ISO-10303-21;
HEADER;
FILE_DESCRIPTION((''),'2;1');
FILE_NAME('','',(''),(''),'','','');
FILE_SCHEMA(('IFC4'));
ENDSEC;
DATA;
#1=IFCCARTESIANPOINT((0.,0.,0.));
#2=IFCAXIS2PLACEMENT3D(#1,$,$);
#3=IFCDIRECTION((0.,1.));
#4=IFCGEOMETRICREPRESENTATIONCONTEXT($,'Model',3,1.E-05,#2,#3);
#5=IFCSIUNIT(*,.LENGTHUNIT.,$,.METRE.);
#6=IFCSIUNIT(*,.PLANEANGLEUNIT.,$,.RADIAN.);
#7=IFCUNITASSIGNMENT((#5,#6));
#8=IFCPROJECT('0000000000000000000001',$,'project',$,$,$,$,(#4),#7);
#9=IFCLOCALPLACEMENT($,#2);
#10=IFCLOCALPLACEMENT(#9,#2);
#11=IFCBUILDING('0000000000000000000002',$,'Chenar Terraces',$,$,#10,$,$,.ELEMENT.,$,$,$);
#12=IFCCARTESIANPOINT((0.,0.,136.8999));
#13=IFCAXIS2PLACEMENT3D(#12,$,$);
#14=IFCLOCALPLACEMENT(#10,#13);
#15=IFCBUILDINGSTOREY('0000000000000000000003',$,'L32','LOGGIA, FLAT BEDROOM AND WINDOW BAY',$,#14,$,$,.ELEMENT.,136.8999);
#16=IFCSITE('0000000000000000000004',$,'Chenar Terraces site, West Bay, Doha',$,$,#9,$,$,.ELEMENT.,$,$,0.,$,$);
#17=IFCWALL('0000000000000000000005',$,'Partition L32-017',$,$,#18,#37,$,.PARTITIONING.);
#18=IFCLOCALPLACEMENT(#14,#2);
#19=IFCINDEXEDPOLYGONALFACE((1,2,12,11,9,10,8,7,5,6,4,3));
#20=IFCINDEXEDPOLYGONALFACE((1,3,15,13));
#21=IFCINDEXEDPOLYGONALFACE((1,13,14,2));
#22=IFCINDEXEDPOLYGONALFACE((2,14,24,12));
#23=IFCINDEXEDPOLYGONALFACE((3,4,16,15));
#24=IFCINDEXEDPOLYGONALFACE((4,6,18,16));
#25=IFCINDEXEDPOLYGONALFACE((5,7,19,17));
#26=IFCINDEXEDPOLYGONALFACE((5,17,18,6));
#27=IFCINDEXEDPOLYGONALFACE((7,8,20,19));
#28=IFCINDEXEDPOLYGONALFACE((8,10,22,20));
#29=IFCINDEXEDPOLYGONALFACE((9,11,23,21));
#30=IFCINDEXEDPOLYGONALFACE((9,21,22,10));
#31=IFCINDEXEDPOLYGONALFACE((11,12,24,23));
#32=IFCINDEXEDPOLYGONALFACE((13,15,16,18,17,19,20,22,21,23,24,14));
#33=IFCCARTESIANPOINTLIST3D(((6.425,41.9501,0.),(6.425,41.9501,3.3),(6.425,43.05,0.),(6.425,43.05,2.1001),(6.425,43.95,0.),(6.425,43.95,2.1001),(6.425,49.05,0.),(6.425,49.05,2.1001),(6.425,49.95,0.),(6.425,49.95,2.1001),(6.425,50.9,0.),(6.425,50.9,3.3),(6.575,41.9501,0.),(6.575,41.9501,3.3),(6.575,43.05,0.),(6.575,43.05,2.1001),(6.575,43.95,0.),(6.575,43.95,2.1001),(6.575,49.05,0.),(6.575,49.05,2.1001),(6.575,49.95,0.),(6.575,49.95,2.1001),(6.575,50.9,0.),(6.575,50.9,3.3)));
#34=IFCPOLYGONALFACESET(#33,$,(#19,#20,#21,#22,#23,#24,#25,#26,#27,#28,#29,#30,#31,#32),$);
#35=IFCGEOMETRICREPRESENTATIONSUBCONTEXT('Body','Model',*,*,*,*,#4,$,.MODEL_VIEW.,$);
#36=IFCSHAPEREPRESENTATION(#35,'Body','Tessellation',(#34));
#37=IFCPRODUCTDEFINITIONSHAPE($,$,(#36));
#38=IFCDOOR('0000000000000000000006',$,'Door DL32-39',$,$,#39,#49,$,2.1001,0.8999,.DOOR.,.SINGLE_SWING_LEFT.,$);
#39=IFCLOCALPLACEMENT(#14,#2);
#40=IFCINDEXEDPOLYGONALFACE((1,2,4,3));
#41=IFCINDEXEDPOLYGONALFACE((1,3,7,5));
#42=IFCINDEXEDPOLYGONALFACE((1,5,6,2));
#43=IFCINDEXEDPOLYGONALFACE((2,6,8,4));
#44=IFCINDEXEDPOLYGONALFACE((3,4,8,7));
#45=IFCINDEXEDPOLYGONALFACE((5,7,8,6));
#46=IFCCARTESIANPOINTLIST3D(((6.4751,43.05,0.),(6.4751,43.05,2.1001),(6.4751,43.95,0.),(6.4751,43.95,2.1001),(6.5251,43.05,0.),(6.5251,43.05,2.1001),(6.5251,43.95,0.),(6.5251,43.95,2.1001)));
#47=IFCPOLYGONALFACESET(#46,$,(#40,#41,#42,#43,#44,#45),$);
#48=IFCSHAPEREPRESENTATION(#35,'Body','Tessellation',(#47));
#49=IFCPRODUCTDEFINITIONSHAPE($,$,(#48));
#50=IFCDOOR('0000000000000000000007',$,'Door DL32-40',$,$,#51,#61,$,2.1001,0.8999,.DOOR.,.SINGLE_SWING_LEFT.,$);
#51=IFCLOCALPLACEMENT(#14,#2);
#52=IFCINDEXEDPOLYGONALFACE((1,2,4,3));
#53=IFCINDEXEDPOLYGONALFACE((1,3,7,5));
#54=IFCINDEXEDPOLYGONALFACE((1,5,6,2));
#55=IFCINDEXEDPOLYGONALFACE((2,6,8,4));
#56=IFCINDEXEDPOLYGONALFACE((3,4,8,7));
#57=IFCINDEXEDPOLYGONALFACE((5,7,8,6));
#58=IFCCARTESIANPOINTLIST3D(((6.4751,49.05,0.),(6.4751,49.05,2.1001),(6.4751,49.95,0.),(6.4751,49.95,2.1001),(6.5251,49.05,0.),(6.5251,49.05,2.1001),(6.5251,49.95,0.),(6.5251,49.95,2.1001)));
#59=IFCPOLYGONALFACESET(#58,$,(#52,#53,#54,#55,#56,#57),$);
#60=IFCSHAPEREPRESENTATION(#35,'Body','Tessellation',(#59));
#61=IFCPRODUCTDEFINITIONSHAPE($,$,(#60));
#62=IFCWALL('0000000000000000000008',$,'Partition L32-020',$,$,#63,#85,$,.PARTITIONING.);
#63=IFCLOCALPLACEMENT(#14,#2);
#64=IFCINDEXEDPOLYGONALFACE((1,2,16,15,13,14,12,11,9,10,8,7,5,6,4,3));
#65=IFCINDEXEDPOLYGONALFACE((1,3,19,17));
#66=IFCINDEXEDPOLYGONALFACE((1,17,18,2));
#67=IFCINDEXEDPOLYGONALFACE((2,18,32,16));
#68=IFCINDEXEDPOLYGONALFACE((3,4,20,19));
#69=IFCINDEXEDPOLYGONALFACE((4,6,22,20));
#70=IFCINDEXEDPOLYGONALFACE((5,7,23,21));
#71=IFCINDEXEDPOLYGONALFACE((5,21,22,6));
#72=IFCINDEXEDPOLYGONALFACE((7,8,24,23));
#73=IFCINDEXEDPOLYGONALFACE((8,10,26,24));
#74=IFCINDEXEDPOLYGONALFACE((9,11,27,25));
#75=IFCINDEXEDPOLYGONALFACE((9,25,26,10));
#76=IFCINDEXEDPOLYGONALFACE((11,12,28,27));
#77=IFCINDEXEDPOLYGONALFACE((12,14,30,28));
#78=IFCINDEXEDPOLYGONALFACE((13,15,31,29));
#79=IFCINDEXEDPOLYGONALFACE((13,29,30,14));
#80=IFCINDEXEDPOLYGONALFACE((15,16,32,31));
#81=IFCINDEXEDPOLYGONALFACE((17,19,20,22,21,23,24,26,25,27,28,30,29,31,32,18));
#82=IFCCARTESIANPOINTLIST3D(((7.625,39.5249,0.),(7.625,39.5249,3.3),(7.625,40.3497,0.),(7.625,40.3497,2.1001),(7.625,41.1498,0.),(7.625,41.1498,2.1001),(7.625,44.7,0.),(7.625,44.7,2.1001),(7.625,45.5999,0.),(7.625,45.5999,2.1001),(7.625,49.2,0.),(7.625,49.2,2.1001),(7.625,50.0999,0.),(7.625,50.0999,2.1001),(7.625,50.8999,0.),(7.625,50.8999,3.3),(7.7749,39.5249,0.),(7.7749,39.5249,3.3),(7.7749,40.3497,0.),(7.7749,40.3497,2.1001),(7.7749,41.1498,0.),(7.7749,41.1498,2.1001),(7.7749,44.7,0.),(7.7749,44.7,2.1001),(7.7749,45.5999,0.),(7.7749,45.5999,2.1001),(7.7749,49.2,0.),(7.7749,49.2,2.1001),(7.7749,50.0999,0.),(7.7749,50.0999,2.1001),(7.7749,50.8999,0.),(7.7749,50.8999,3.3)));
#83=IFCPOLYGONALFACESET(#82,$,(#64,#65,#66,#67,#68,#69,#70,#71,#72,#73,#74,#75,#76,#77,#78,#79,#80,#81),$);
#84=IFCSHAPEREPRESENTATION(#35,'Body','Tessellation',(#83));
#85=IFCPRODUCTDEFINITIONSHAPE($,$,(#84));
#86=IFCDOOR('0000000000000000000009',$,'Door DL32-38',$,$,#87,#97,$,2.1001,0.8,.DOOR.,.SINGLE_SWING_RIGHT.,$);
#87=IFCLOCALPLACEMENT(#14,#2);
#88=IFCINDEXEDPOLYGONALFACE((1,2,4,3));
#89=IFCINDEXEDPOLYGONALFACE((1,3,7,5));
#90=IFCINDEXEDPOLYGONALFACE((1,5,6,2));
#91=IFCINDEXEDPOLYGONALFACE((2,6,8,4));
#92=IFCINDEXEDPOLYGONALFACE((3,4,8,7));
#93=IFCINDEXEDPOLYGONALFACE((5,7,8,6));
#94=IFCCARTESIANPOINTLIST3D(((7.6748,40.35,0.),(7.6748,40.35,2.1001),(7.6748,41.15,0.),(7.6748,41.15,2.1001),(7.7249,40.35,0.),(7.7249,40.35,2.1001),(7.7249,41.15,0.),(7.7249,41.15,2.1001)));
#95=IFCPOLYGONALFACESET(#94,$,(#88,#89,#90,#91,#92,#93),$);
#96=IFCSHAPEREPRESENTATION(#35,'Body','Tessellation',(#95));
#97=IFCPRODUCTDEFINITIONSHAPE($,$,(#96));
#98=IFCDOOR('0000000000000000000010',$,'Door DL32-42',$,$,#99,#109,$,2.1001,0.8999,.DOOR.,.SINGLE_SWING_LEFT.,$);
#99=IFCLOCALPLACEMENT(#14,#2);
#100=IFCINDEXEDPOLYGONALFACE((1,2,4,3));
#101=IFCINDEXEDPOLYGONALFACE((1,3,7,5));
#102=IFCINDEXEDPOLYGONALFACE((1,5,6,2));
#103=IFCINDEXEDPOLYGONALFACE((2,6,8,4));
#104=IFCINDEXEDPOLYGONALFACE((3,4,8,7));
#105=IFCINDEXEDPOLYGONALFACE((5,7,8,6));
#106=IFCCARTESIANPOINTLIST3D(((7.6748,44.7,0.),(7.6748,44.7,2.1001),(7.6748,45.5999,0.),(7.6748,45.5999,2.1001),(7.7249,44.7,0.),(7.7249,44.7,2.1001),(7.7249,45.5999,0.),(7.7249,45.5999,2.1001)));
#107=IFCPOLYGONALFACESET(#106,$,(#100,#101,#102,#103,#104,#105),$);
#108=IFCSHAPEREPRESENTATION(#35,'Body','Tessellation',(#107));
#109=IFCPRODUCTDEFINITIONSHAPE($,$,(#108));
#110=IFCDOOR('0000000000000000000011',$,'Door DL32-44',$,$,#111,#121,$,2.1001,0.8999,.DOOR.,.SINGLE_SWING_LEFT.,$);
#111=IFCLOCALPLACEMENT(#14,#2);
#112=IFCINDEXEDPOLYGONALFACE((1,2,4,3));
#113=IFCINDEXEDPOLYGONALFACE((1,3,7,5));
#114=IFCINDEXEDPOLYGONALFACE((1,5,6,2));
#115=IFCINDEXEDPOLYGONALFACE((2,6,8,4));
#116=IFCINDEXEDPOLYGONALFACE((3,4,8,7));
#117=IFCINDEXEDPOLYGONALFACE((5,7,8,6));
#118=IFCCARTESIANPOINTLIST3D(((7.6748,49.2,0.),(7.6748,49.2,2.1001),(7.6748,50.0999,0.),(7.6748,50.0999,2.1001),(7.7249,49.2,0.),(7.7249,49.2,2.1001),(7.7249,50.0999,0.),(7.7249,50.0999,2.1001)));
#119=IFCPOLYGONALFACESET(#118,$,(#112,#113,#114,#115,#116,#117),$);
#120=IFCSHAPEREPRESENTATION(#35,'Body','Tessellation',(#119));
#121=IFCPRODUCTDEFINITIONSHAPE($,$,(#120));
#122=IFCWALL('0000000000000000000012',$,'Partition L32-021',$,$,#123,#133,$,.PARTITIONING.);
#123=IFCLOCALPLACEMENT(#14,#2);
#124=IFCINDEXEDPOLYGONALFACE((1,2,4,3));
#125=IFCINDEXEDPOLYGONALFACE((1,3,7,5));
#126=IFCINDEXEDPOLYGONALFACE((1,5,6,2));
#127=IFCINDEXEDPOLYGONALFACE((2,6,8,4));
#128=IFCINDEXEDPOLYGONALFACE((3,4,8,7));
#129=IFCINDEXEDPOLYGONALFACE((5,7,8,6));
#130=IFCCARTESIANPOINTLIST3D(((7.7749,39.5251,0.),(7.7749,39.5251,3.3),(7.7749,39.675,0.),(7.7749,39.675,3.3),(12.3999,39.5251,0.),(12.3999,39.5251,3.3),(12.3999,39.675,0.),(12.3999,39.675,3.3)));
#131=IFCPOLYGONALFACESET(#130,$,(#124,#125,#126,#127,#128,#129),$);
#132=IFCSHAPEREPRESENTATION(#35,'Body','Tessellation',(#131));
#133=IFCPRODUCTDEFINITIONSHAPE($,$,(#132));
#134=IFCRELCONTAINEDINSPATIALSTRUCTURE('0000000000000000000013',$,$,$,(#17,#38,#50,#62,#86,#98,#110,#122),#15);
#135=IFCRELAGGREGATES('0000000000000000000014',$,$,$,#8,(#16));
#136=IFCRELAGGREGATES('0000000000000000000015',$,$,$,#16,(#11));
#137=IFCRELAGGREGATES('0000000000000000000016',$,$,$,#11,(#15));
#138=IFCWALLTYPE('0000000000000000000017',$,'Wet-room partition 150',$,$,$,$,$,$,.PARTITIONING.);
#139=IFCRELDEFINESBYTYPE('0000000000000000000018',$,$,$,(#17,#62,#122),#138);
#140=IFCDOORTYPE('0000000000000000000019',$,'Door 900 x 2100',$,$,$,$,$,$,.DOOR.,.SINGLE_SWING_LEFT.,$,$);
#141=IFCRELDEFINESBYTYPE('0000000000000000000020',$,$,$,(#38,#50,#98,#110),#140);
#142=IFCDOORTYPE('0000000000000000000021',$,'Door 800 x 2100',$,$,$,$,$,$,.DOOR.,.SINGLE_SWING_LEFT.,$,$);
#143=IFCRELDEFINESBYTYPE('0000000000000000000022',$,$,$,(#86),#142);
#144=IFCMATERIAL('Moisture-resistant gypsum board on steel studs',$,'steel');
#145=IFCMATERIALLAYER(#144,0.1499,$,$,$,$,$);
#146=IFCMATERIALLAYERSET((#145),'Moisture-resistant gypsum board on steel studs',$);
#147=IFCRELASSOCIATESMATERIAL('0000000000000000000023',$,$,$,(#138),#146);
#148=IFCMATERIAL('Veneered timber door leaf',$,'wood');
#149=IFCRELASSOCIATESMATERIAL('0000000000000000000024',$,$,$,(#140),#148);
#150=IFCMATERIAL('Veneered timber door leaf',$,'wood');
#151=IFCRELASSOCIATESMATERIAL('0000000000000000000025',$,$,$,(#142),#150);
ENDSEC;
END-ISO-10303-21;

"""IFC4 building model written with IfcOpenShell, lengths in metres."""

from ifc_helpers import new_model, si_unit, direction, frame, frame_2d, origin, place, context, subcontext, project, spatial, rectangle, extrude, material, layer, layer_set, type_object, element, fill, save


model = new_model("IFC4")

# Units and contexts
model_context = context("Model", 3, precision=1e-05, world=origin(), true_north=direction((0.0, 1.0)))
body_context = subcontext(model_context, "Body", "Model", "MODEL_VIEW")
ifc_project = project(units=[si_unit("LENGTHUNIT", "METRE"), si_unit("PLANEANGLEUNIT", "RADIAN")], contexts=[model_context])

# Site, building, storey
site_placement = place(None, origin())
site = spatial("IfcSite", under=ifc_project, at=site_placement, Name="Chenar Terraces site, West Bay, Doha", CompositionType="ELEMENT", RefElevation=0.0)
building_placement = place(site_placement, origin())
building = spatial("IfcBuilding", under=site, at=building_placement, Name="Chenar Terraces", CompositionType="ELEMENT")
storey_placement = place(building_placement, frame((0.0, 0.0, 136.8999)))
storey = spatial("IfcBuildingStorey", under=building, at=storey_placement, Name="L32", Description="LOGGIA, FLAT BEDROOM AND WINDOW BAY", CompositionType="ELEMENT", Elevation=136.8999)

# Walls, openings, doors
ifc_material_1 = material(Name="Moisture-resistant gypsum board on steel studs", Category="steel")
ifc_layer_1 = layer(ifc_material_1, 0.1499)
ifc_layer_set_1 = layer_set([ifc_layer_1], Name="Moisture-resistant gypsum board on steel studs")
wall_type_1 = type_object("IfcWallType", Name="Wet-room partition 150", PredefinedType="PARTITIONING", material=ifc_layer_set_1)
wall_1_placement = place(storey_placement, frame((6.5, 41.95, 0.0), z_axis=(0.0, 0.0, 1.0), x_axis=(0.0, 1.0, 0.0)))
wall_1 = element("IfcWall", 1, at=wall_1_placement, inside=storey, type_object=wall_type_1, Name="Partition L32-017", PredefinedType="PARTITIONING", context=body_context, shape_type="SweptSolid", body=[
    extrude(rectangle(XDim=8.95, YDim=0.1499, at=frame_2d((4.4751, 0.0))), origin(), (0.0, 0.0, 1.0), 3.3),
])
opening_1_placement = place(wall_1_placement, frame((1.1001, 0.0, 0.0)))
opening_1 = element("IfcOpeningElement", 2, at=opening_1_placement, cuts=wall_1, PredefinedType="OPENING", context=body_context, shape_type="SweptSolid", body=[
    extrude(rectangle(XDim=0.8999, YDim=2.1001, at=frame_2d((0.45, 1.05))), frame((0.0, 0.085, 0.0), z_axis=(0.0, -1.0, 0.0), x_axis=(1.0, 0.0, 0.0)), (0.0, 0.0, 1.0), 0.1699),
])
opening_2_placement = place(wall_1_placement, frame((7.1001, 0.0, 0.0)))
opening_2 = element("IfcOpeningElement", 3, at=opening_2_placement, cuts=wall_1, PredefinedType="OPENING", context=body_context, shape_type="SweptSolid", body=[
    extrude(rectangle(XDim=0.8999, YDim=2.1001, at=frame_2d((0.45, 1.05))), frame((0.0, 0.085, 0.0), z_axis=(0.0, -1.0, 0.0), x_axis=(1.0, 0.0, 0.0)), (0.0, 0.0, 1.0), 0.1699),
])
ifc_material_2 = material(Name="Veneered timber door leaf", Category="wood")
door_type_1 = type_object("IfcDoorType", Name="Door 900 x 2100", OperationType="SINGLE_SWING_LEFT", PredefinedType="DOOR", material=ifc_material_2)
door_1_placement = place(opening_1_placement, origin())
door_1 = element("IfcDoor", 4, at=door_1_placement, inside=storey, type_object=door_type_1, Name="Door DL32-39", OperationType="SINGLE_SWING_LEFT", OverallHeight=2.1001, OverallWidth=0.8999, PredefinedType="DOOR", context=body_context, shape_type="SweptSolid", body=[
    extrude(rectangle(XDim=0.8999, YDim=2.1001, at=frame_2d((0.45, 1.05))), frame((0.0, 0.0249, 0.0), z_axis=(0.0, -1.0, 0.0), x_axis=(1.0, 0.0, 0.0)), (0.0, 0.0, 1.0), 0.05),
])
fill(opening_1, door_1)
door_2_placement = place(opening_2_placement, origin())
door_2 = element("IfcDoor", 5, at=door_2_placement, inside=storey, type_object=door_type_1, Name="Door DL32-40", OperationType="SINGLE_SWING_LEFT", OverallHeight=2.1001, OverallWidth=0.8999, PredefinedType="DOOR", context=body_context, shape_type="SweptSolid", body=[
    extrude(rectangle(XDim=0.8999, YDim=2.1001, at=frame_2d((0.45, 1.05))), frame((0.0, 0.0249, 0.0), z_axis=(0.0, -1.0, 0.0), x_axis=(1.0, 0.0, 0.0)), (0.0, 0.0, 1.0), 0.05),
])
fill(opening_2, door_2)
wall_2_placement = place(storey_placement, frame((7.7, 39.5249, 0.0), z_axis=(0.0, 0.0, 1.0), x_axis=(0.0, 1.0, 0.0)))
wall_2 = element("IfcWall", 6, at=wall_2_placement, inside=storey, type_object=wall_type_1, Name="Partition L32-020", PredefinedType="PARTITIONING", context=body_context, shape_type="SweptSolid", body=[
    extrude(rectangle(XDim=11.375, YDim=0.1499, at=frame_2d((5.6875, 0.0))), origin(), (0.0, 0.0, 1.0), 3.3),
])
opening_3_placement = place(wall_2_placement, frame((0.825, 0.0, 0.0)))
opening_3 = element("IfcOpeningElement", 7, at=opening_3_placement, cuts=wall_2, PredefinedType="OPENING", context=body_context, shape_type="SweptSolid", body=[
    extrude(rectangle(XDim=0.8, YDim=2.1001, at=frame_2d((0.3999, 1.05))), frame((0.0, 0.085, 0.0), z_axis=(0.0, -1.0, 0.0), x_axis=(1.0, 0.0, 0.0)), (0.0, 0.0, 1.0), 0.1699),
])
opening_4_placement = place(wall_2_placement, frame((5.175, 0.0, 0.0)))
opening_4 = element("IfcOpeningElement", 8, at=opening_4_placement, cuts=wall_2, PredefinedType="OPENING", context=body_context, shape_type="SweptSolid", body=[
    extrude(rectangle(XDim=0.8999, YDim=2.1001, at=frame_2d((0.45, 1.05))), frame((0.0, 0.085, 0.0), z_axis=(0.0, -1.0, 0.0), x_axis=(1.0, 0.0, 0.0)), (0.0, 0.0, 1.0), 0.1699),
])
opening_5_placement = place(wall_2_placement, frame((9.675, 0.0, 0.0)))
opening_5 = element("IfcOpeningElement", 9, at=opening_5_placement, cuts=wall_2, PredefinedType="OPENING", context=body_context, shape_type="SweptSolid", body=[
    extrude(rectangle(XDim=0.8999, YDim=2.1001, at=frame_2d((0.45, 1.05))), frame((0.0, 0.085, 0.0), z_axis=(0.0, -1.0, 0.0), x_axis=(1.0, 0.0, 0.0)), (0.0, 0.0, 1.0), 0.1699),
])
ifc_material_3 = material(Name="Veneered timber door leaf", Category="wood")
door_type_2 = type_object("IfcDoorType", Name="Door 800 x 2100", OperationType="SINGLE_SWING_LEFT", PredefinedType="DOOR", material=ifc_material_3)
door_3_placement = place(opening_3_placement, frame((0.8, 0.0, 0.0), z_axis=(0.0, 0.0, 1.0), x_axis=(-1.0, 0.0, 0.0)))
door_3 = element("IfcDoor", 10, at=door_3_placement, inside=storey, type_object=door_type_2, Name="Door DL32-38", OperationType="SINGLE_SWING_RIGHT", OverallHeight=2.1001, OverallWidth=0.8, PredefinedType="DOOR", context=body_context, shape_type="SweptSolid", body=[
    extrude(rectangle(XDim=0.8, YDim=2.1001, at=frame_2d((0.3999, 1.05))), frame((0.0, 0.0249, 0.0), z_axis=(0.0, -1.0, 0.0), x_axis=(1.0, 0.0, 0.0)), (0.0, 0.0, 1.0), 0.05),
])
fill(opening_3, door_3)
door_4_placement = place(opening_4_placement, frame((0.8999, 0.0, 0.0), z_axis=(0.0, 0.0, 1.0), x_axis=(-1.0, 0.0, 0.0)))
door_4 = element("IfcDoor", 11, at=door_4_placement, inside=storey, type_object=door_type_1, Name="Door DL32-42", OperationType="SINGLE_SWING_LEFT", OverallHeight=2.1001, OverallWidth=0.8999, PredefinedType="DOOR", context=body_context, shape_type="SweptSolid", body=[
    extrude(rectangle(XDim=0.8999, YDim=2.1001, at=frame_2d((0.45, 1.05))), frame((0.0, 0.0249, 0.0), z_axis=(0.0, -1.0, 0.0), x_axis=(1.0, 0.0, 0.0)), (0.0, 0.0, 1.0), 0.05),
])
fill(opening_4, door_4)
door_5_placement = place(opening_5_placement, frame((0.8999, 0.0, 0.0), z_axis=(0.0, 0.0, 1.0), x_axis=(-1.0, 0.0, 0.0)))
door_5 = element("IfcDoor", 12, at=door_5_placement, inside=storey, type_object=door_type_1, Name="Door DL32-44", OperationType="SINGLE_SWING_LEFT", OverallHeight=2.1001, OverallWidth=0.8999, PredefinedType="DOOR", context=body_context, shape_type="SweptSolid", body=[
    extrude(rectangle(XDim=0.8999, YDim=2.1001, at=frame_2d((0.45, 1.05))), frame((0.0, 0.0249, 0.0), z_axis=(0.0, -1.0, 0.0), x_axis=(1.0, 0.0, 0.0)), (0.0, 0.0, 1.0), 0.05),
])
fill(opening_5, door_5)

# Wall
wall_3_placement = place(storey_placement, frame((7.7749, 39.6001, 0.0), z_axis=(0.0, 0.0, 1.0), x_axis=(1.0, 0.0, 0.0)))
element("IfcWall", 13, at=wall_3_placement, inside=storey, type_object=wall_type_1, Name="Partition L32-021", PredefinedType="PARTITIONING", context=body_context, shape_type="SweptSolid", body=[
    extrude(rectangle(XDim=4.625, YDim=0.1499, at=frame_2d((2.3125, 0.0))), origin(), (0.0, 0.0, 1.0), 3.3),
])

save(model, "model.ifc")
